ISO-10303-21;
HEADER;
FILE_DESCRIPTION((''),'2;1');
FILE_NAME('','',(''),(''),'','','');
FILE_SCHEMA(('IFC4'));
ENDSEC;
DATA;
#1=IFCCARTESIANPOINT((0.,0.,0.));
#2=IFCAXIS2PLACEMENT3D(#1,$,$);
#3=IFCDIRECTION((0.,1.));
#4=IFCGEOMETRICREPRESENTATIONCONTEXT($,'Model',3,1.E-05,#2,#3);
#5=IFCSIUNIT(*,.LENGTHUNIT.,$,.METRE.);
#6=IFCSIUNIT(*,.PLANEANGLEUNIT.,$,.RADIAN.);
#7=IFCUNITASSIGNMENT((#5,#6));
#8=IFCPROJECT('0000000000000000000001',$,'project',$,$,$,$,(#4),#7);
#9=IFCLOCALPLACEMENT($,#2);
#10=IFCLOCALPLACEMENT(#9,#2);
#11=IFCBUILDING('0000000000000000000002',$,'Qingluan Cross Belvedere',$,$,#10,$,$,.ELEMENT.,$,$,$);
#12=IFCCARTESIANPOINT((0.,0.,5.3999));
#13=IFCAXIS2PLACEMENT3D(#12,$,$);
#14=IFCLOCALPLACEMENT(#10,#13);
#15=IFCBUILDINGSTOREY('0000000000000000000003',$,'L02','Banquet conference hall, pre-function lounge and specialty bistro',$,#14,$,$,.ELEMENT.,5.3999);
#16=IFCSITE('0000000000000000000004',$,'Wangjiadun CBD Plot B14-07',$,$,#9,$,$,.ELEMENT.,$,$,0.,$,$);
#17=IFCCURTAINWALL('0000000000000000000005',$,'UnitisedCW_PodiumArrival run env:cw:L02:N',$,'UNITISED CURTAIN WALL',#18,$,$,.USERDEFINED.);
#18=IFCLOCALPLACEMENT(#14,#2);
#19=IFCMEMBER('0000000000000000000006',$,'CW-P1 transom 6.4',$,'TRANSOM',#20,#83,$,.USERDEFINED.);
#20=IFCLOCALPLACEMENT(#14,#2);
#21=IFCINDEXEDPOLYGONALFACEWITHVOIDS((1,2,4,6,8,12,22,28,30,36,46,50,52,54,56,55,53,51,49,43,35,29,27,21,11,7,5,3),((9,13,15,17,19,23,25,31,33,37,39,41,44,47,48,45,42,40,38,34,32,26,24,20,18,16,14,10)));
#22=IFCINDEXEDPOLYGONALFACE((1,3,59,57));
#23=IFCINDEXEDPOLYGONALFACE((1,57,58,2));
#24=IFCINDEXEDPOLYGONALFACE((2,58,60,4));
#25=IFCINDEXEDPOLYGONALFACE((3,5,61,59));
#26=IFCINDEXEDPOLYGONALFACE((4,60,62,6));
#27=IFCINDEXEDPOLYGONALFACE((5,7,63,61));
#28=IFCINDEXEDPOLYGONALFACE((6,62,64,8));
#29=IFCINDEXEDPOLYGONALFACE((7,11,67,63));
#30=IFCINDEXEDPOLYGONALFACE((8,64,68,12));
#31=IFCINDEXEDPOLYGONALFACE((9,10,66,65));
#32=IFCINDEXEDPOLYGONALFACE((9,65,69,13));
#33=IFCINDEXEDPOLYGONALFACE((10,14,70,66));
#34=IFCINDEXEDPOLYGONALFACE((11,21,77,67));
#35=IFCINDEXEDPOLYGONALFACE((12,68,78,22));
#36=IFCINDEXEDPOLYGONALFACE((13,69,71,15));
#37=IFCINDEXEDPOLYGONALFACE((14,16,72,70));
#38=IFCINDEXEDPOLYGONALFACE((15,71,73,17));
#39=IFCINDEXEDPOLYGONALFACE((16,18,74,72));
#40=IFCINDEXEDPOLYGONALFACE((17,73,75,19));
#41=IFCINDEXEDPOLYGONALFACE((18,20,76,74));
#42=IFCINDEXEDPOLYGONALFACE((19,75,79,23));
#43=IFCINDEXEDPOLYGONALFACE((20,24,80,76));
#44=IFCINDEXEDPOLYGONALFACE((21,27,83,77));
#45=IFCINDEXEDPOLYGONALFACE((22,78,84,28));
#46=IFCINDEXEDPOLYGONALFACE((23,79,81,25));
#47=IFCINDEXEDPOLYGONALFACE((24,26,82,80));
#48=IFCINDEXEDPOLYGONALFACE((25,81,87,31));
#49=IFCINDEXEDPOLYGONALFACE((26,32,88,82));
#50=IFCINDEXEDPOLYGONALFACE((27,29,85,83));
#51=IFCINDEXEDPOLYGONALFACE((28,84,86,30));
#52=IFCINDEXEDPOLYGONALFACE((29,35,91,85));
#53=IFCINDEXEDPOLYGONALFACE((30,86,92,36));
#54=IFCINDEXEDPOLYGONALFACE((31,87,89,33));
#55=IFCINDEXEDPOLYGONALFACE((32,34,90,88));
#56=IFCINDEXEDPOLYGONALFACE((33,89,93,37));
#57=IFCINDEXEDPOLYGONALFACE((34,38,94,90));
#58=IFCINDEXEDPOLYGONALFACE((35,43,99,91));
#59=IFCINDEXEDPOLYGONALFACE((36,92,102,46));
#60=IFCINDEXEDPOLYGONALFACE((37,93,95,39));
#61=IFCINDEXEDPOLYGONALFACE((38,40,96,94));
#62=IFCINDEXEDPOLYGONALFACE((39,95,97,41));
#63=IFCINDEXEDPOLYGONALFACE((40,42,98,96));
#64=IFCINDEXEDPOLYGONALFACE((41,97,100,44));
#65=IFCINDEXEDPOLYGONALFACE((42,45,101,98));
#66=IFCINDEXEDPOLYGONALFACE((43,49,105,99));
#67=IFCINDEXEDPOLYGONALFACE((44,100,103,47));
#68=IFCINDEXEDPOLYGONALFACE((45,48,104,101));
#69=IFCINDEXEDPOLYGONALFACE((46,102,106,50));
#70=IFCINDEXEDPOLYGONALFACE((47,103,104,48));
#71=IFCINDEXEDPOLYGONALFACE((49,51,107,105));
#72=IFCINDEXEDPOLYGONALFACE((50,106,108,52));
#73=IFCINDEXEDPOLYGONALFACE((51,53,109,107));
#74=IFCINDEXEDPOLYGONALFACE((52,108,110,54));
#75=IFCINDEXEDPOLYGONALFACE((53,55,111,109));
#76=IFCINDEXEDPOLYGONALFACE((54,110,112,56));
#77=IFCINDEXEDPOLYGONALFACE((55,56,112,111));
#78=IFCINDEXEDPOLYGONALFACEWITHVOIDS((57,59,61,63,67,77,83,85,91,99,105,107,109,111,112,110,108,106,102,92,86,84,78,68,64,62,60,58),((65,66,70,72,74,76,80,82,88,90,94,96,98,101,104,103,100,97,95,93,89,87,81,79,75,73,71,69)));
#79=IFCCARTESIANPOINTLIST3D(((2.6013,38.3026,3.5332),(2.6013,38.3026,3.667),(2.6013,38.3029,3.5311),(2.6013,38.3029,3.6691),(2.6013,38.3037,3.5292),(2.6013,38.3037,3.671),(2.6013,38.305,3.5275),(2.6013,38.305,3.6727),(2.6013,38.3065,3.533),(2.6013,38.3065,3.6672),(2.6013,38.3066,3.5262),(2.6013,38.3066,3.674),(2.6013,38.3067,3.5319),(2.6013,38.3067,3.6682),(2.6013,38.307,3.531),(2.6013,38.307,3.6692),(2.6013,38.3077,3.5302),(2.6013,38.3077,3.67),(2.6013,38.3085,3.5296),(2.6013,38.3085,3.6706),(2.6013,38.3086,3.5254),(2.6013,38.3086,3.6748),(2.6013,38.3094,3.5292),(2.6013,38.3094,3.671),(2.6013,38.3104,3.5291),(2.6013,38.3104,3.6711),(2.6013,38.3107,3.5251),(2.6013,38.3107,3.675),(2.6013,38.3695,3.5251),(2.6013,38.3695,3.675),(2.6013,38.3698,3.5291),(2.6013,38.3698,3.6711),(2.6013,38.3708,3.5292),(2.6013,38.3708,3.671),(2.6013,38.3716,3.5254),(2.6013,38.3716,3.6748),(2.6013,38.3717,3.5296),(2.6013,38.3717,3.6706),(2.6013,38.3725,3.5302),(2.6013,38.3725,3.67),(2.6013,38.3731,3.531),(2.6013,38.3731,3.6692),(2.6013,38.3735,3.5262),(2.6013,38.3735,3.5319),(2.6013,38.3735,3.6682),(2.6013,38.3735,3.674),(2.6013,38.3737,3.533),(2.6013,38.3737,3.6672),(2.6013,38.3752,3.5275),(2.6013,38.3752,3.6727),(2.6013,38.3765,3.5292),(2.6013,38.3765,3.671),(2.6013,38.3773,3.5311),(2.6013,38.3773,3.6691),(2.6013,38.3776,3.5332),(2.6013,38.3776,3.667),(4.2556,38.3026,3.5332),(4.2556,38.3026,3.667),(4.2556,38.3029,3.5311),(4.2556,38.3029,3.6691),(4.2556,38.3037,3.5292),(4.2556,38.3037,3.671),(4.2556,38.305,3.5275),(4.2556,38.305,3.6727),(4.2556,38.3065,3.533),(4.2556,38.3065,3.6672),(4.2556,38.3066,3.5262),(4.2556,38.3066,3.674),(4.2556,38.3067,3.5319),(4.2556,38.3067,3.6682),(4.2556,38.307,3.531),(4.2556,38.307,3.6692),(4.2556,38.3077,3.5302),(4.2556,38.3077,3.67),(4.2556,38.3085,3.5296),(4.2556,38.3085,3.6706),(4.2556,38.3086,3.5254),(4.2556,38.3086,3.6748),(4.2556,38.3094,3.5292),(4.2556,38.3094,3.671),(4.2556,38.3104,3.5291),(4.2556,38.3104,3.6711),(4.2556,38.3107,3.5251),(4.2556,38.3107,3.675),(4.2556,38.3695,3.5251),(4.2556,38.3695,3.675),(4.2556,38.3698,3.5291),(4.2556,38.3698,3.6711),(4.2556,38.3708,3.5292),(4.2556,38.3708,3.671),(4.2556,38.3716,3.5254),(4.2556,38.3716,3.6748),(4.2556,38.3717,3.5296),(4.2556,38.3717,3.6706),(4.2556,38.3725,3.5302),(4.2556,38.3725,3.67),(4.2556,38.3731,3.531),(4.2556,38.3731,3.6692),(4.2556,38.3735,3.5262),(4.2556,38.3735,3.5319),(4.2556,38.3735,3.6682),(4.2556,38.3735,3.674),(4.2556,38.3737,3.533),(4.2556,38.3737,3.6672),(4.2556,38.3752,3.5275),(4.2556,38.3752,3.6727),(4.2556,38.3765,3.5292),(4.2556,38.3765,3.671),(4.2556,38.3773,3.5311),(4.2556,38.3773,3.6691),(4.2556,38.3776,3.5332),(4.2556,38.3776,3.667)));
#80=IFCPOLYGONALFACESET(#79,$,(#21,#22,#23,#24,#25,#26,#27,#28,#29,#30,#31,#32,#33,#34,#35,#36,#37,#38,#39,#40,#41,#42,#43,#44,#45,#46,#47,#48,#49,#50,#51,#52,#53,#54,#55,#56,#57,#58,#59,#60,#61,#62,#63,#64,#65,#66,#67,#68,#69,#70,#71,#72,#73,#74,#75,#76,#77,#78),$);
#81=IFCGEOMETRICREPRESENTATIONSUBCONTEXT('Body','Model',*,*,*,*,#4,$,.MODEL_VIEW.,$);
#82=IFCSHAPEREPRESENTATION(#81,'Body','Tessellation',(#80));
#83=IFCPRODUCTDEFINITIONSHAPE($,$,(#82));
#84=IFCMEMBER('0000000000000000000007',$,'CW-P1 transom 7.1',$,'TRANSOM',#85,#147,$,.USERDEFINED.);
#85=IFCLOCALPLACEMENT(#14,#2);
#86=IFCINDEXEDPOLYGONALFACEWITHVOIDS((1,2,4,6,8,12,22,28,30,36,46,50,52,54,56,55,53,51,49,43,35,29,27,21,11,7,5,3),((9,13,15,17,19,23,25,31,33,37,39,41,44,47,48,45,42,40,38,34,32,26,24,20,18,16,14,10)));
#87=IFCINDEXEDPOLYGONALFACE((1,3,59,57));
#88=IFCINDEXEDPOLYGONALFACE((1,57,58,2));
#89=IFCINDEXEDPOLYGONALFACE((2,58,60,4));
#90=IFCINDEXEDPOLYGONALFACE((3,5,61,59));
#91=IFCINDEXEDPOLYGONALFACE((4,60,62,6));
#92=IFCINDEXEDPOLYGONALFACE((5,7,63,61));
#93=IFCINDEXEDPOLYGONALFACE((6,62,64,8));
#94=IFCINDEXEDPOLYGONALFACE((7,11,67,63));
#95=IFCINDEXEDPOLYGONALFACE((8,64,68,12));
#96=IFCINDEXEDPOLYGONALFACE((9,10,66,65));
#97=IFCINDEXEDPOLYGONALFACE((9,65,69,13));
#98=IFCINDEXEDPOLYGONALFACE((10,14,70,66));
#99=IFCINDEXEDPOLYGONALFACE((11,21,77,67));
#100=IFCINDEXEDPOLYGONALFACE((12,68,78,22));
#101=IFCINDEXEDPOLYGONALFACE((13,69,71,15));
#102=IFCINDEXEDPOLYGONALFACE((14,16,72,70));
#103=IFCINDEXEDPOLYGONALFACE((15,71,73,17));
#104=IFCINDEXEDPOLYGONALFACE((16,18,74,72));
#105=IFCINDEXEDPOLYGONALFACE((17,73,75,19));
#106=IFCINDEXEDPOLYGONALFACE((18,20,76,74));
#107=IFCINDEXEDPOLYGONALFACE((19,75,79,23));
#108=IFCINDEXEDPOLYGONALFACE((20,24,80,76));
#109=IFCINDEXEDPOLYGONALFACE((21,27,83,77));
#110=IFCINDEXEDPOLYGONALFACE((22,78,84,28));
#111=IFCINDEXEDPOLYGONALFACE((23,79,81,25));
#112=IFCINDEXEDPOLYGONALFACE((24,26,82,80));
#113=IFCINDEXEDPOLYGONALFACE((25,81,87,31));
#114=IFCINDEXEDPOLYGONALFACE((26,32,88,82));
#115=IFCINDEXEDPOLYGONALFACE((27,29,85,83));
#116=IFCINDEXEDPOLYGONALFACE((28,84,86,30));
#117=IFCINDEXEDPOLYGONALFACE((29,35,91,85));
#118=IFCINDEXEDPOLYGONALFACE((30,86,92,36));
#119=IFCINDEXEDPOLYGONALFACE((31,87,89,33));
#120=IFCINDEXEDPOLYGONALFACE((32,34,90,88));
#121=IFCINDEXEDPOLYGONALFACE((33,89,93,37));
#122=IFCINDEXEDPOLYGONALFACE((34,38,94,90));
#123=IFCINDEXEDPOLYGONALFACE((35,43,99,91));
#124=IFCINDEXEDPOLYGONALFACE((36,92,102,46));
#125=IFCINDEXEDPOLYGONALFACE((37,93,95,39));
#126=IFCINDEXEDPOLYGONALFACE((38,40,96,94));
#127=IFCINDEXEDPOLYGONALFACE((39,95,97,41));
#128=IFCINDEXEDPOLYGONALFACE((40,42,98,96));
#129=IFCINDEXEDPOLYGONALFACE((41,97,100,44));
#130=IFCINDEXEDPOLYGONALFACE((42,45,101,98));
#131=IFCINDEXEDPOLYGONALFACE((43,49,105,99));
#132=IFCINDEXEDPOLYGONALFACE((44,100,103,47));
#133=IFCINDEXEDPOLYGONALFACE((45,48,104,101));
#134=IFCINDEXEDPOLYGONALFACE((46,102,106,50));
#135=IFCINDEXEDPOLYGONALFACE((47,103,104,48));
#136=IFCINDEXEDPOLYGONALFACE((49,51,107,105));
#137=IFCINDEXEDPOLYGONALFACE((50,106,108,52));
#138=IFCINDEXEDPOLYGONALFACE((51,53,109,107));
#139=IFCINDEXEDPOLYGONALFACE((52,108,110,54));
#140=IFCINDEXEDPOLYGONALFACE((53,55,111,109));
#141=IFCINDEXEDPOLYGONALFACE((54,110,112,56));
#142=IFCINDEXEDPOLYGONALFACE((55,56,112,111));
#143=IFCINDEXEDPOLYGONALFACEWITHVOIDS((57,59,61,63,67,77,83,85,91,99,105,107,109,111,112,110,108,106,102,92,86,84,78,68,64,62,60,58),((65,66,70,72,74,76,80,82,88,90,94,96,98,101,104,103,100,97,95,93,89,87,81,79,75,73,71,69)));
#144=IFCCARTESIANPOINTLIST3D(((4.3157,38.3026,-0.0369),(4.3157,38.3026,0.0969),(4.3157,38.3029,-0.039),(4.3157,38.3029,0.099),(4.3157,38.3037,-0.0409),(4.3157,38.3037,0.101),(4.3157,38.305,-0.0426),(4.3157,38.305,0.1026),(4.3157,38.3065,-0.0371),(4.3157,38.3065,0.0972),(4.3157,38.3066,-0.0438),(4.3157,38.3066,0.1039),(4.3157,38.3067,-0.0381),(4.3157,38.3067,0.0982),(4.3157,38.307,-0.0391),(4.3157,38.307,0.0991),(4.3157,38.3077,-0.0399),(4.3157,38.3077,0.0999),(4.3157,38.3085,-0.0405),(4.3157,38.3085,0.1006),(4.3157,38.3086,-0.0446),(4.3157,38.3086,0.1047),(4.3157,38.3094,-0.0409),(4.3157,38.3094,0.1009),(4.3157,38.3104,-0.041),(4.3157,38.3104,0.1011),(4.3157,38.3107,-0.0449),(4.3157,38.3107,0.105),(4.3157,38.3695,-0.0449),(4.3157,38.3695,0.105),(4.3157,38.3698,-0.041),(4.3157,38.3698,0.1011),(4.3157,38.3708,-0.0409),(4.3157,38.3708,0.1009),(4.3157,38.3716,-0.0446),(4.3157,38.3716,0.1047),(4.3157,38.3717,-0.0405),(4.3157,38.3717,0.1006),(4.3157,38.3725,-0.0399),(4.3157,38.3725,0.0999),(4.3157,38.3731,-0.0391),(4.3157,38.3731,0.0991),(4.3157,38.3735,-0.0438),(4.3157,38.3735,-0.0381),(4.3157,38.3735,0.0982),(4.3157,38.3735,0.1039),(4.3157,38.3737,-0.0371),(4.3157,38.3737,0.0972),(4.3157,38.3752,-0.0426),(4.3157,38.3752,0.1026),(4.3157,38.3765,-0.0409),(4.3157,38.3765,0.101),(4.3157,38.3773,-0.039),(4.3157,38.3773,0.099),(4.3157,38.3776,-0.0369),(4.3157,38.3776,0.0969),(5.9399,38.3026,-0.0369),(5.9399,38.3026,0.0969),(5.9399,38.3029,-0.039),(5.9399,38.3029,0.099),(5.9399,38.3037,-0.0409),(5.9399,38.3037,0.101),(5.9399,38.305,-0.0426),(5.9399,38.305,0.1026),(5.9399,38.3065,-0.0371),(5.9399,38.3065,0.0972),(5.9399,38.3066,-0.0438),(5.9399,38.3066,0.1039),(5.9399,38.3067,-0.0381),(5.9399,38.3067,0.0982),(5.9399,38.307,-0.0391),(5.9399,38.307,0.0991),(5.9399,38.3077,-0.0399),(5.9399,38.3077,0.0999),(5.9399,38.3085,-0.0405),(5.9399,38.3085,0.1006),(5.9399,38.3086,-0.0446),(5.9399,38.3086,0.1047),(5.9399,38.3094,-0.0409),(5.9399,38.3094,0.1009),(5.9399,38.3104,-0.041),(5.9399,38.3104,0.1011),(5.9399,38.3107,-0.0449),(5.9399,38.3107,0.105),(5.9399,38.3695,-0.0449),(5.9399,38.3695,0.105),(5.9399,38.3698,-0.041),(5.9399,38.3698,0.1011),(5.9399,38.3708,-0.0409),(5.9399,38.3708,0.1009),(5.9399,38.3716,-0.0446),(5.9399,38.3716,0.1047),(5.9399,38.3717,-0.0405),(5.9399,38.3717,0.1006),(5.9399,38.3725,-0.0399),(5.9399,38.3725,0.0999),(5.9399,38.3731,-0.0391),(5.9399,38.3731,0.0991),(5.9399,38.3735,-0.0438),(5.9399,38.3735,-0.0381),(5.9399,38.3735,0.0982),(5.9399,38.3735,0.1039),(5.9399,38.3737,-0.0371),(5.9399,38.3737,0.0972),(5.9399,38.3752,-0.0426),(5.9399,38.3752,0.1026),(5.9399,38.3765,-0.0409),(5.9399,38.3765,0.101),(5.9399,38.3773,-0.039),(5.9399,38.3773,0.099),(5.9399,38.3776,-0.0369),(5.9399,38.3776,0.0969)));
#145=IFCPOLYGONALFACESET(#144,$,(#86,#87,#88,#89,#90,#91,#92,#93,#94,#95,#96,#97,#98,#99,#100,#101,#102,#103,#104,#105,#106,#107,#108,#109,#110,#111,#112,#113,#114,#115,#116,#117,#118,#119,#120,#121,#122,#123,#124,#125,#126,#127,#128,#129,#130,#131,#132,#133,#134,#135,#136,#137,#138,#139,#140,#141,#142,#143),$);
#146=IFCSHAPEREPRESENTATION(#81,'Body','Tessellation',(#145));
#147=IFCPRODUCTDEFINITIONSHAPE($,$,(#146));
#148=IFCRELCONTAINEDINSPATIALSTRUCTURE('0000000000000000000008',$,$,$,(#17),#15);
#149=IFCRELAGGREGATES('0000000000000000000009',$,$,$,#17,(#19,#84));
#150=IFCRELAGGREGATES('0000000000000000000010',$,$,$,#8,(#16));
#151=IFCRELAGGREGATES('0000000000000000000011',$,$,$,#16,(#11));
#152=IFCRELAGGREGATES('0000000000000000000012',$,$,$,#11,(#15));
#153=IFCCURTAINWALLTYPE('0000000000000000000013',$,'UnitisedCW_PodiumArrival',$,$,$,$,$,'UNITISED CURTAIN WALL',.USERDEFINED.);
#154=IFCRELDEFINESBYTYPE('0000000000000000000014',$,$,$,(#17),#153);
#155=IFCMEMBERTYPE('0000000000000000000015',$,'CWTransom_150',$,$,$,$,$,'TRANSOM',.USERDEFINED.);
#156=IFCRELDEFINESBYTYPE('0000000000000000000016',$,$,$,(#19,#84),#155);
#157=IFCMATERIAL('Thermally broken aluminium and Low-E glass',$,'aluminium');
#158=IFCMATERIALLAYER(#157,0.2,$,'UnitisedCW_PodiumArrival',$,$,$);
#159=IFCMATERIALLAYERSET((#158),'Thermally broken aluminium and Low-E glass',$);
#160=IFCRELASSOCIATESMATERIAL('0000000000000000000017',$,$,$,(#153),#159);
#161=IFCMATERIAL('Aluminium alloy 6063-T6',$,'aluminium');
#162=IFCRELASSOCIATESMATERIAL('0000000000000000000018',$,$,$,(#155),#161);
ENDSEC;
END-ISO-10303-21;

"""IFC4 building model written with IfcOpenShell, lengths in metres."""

from ifc_helpers import new_model, si_unit, direction, frame, origin, origin_2d, place, context, subcontext, project, spatial, hollow_rectangle, extrude, material, layer, layer_set, material_profile, profile_set, type_object, element, aggregate, save


model = new_model("IFC4")

# Units and contexts
model_context = context("Model", 3, precision=1e-05, world=origin(), true_north=direction((0.0, 1.0)))
body_context = subcontext(model_context, "Body", "Model", "MODEL_VIEW")
ifc_project = project(units=[si_unit("LENGTHUNIT", "METRE"), si_unit("PLANEANGLEUNIT", "RADIAN")], contexts=[model_context])

# Site, building, storey
site_placement = place(None, origin())
site = spatial("IfcSite", under=ifc_project, at=site_placement, Name="Wangjiadun CBD Plot B14-07", CompositionType="ELEMENT", RefElevation=0.0)
building_placement = place(site_placement, origin())
building = spatial("IfcBuilding", under=site, at=building_placement, Name="Qingluan Cross Belvedere", CompositionType="ELEMENT")
storey_placement = place(building_placement, frame((0.0, 0.0, 5.3999)))
storey = spatial("IfcBuildingStorey", under=building, at=storey_placement, Name="L02", Description="Banquet conference hall, pre-function lounge and specialty bistro", CompositionType="ELEMENT", Elevation=5.3999)

# Curtain wall, members
ifc_material_1 = material(Name="Thermally broken aluminium and Low-E glass", Category="aluminium")
ifc_layer_1 = layer(ifc_material_1, 0.2, Name="UnitisedCW_PodiumArrival")
ifc_layer_set_1 = layer_set([ifc_layer_1], Name="Thermally broken aluminium and Low-E glass")
curtain_wall_type = type_object("IfcCurtainWallType", Name="UnitisedCW_PodiumArrival", ElementType="UNITISED CURTAIN WALL", PredefinedType="USERDEFINED", material=ifc_layer_set_1)
curtain_wall_placement = place(storey_placement, origin())
curtain_wall = element("IfcCurtainWall", 1, at=curtain_wall_placement, inside=storey, type_object=curtain_wall_type, Name="UnitisedCW_PodiumArrival run env:cw:L02:N", ObjectType="UNITISED CURTAIN WALL", PredefinedType="USERDEFINED")
ifc_material_2 = material(Name="Aluminium alloy 6063-T6", Category="aluminium")
ifc_material_profile_1 = material_profile(ifc_material_2, hollow_rectangle(XDim=0.075, YDim=0.1499, WallThickness=0.0039, InnerFilletRadius=0.0039, OuterFilletRadius=0.0081, at=origin_2d()), Name="CWT150x75x4")
ifc_profile_set_1 = profile_set([ifc_material_profile_1], Name="Aluminium alloy 6063-T6")
member_type_1 = type_object("IfcMemberType", Name="CWTransom_150", ElementType="TRANSOM", PredefinedType="USERDEFINED", material=ifc_profile_set_1)
member_1_placement = place(storey_placement, frame((2.6013, 38.3401, 3.6001), z_axis=(1.0, 0.0, 0.0), x_axis=(0.0, 1.0, 0.0)))
member_1 = element("IfcMember", 2, at=member_1_placement, type_object=member_type_1, Name="CW-P1 transom 6.4", ObjectType="TRANSOM", PredefinedType="USERDEFINED", context=body_context, shape_type="SweptSolid", body=[
    extrude(hollow_rectangle(XDim=0.075, YDim=0.1499, WallThickness=0.0039, InnerFilletRadius=0.0039, OuterFilletRadius=0.0081, at=origin_2d()), origin(), (0.0, 0.0, 1.0), 1.6543),
])
member_2_placement = place(storey_placement, frame((4.3157, 38.3401, 0.03), z_axis=(1.0, 0.0, 0.0), x_axis=(0.0, 1.0, 0.0)))
member_2 = element("IfcMember", 3, at=member_2_placement, type_object=member_type_1, Name="CW-P1 transom 7.1", ObjectType="TRANSOM", PredefinedType="USERDEFINED", context=body_context, shape_type="SweptSolid", body=[
    extrude(hollow_rectangle(XDim=0.075, YDim=0.1499, WallThickness=0.0039, InnerFilletRadius=0.0039, OuterFilletRadius=0.0081, at=origin_2d()), origin(), (0.0, 0.0, 1.0), 1.6243),
])

aggregate(curtain_wall, [member_1, member_2])

save(model, "model.ifc")
